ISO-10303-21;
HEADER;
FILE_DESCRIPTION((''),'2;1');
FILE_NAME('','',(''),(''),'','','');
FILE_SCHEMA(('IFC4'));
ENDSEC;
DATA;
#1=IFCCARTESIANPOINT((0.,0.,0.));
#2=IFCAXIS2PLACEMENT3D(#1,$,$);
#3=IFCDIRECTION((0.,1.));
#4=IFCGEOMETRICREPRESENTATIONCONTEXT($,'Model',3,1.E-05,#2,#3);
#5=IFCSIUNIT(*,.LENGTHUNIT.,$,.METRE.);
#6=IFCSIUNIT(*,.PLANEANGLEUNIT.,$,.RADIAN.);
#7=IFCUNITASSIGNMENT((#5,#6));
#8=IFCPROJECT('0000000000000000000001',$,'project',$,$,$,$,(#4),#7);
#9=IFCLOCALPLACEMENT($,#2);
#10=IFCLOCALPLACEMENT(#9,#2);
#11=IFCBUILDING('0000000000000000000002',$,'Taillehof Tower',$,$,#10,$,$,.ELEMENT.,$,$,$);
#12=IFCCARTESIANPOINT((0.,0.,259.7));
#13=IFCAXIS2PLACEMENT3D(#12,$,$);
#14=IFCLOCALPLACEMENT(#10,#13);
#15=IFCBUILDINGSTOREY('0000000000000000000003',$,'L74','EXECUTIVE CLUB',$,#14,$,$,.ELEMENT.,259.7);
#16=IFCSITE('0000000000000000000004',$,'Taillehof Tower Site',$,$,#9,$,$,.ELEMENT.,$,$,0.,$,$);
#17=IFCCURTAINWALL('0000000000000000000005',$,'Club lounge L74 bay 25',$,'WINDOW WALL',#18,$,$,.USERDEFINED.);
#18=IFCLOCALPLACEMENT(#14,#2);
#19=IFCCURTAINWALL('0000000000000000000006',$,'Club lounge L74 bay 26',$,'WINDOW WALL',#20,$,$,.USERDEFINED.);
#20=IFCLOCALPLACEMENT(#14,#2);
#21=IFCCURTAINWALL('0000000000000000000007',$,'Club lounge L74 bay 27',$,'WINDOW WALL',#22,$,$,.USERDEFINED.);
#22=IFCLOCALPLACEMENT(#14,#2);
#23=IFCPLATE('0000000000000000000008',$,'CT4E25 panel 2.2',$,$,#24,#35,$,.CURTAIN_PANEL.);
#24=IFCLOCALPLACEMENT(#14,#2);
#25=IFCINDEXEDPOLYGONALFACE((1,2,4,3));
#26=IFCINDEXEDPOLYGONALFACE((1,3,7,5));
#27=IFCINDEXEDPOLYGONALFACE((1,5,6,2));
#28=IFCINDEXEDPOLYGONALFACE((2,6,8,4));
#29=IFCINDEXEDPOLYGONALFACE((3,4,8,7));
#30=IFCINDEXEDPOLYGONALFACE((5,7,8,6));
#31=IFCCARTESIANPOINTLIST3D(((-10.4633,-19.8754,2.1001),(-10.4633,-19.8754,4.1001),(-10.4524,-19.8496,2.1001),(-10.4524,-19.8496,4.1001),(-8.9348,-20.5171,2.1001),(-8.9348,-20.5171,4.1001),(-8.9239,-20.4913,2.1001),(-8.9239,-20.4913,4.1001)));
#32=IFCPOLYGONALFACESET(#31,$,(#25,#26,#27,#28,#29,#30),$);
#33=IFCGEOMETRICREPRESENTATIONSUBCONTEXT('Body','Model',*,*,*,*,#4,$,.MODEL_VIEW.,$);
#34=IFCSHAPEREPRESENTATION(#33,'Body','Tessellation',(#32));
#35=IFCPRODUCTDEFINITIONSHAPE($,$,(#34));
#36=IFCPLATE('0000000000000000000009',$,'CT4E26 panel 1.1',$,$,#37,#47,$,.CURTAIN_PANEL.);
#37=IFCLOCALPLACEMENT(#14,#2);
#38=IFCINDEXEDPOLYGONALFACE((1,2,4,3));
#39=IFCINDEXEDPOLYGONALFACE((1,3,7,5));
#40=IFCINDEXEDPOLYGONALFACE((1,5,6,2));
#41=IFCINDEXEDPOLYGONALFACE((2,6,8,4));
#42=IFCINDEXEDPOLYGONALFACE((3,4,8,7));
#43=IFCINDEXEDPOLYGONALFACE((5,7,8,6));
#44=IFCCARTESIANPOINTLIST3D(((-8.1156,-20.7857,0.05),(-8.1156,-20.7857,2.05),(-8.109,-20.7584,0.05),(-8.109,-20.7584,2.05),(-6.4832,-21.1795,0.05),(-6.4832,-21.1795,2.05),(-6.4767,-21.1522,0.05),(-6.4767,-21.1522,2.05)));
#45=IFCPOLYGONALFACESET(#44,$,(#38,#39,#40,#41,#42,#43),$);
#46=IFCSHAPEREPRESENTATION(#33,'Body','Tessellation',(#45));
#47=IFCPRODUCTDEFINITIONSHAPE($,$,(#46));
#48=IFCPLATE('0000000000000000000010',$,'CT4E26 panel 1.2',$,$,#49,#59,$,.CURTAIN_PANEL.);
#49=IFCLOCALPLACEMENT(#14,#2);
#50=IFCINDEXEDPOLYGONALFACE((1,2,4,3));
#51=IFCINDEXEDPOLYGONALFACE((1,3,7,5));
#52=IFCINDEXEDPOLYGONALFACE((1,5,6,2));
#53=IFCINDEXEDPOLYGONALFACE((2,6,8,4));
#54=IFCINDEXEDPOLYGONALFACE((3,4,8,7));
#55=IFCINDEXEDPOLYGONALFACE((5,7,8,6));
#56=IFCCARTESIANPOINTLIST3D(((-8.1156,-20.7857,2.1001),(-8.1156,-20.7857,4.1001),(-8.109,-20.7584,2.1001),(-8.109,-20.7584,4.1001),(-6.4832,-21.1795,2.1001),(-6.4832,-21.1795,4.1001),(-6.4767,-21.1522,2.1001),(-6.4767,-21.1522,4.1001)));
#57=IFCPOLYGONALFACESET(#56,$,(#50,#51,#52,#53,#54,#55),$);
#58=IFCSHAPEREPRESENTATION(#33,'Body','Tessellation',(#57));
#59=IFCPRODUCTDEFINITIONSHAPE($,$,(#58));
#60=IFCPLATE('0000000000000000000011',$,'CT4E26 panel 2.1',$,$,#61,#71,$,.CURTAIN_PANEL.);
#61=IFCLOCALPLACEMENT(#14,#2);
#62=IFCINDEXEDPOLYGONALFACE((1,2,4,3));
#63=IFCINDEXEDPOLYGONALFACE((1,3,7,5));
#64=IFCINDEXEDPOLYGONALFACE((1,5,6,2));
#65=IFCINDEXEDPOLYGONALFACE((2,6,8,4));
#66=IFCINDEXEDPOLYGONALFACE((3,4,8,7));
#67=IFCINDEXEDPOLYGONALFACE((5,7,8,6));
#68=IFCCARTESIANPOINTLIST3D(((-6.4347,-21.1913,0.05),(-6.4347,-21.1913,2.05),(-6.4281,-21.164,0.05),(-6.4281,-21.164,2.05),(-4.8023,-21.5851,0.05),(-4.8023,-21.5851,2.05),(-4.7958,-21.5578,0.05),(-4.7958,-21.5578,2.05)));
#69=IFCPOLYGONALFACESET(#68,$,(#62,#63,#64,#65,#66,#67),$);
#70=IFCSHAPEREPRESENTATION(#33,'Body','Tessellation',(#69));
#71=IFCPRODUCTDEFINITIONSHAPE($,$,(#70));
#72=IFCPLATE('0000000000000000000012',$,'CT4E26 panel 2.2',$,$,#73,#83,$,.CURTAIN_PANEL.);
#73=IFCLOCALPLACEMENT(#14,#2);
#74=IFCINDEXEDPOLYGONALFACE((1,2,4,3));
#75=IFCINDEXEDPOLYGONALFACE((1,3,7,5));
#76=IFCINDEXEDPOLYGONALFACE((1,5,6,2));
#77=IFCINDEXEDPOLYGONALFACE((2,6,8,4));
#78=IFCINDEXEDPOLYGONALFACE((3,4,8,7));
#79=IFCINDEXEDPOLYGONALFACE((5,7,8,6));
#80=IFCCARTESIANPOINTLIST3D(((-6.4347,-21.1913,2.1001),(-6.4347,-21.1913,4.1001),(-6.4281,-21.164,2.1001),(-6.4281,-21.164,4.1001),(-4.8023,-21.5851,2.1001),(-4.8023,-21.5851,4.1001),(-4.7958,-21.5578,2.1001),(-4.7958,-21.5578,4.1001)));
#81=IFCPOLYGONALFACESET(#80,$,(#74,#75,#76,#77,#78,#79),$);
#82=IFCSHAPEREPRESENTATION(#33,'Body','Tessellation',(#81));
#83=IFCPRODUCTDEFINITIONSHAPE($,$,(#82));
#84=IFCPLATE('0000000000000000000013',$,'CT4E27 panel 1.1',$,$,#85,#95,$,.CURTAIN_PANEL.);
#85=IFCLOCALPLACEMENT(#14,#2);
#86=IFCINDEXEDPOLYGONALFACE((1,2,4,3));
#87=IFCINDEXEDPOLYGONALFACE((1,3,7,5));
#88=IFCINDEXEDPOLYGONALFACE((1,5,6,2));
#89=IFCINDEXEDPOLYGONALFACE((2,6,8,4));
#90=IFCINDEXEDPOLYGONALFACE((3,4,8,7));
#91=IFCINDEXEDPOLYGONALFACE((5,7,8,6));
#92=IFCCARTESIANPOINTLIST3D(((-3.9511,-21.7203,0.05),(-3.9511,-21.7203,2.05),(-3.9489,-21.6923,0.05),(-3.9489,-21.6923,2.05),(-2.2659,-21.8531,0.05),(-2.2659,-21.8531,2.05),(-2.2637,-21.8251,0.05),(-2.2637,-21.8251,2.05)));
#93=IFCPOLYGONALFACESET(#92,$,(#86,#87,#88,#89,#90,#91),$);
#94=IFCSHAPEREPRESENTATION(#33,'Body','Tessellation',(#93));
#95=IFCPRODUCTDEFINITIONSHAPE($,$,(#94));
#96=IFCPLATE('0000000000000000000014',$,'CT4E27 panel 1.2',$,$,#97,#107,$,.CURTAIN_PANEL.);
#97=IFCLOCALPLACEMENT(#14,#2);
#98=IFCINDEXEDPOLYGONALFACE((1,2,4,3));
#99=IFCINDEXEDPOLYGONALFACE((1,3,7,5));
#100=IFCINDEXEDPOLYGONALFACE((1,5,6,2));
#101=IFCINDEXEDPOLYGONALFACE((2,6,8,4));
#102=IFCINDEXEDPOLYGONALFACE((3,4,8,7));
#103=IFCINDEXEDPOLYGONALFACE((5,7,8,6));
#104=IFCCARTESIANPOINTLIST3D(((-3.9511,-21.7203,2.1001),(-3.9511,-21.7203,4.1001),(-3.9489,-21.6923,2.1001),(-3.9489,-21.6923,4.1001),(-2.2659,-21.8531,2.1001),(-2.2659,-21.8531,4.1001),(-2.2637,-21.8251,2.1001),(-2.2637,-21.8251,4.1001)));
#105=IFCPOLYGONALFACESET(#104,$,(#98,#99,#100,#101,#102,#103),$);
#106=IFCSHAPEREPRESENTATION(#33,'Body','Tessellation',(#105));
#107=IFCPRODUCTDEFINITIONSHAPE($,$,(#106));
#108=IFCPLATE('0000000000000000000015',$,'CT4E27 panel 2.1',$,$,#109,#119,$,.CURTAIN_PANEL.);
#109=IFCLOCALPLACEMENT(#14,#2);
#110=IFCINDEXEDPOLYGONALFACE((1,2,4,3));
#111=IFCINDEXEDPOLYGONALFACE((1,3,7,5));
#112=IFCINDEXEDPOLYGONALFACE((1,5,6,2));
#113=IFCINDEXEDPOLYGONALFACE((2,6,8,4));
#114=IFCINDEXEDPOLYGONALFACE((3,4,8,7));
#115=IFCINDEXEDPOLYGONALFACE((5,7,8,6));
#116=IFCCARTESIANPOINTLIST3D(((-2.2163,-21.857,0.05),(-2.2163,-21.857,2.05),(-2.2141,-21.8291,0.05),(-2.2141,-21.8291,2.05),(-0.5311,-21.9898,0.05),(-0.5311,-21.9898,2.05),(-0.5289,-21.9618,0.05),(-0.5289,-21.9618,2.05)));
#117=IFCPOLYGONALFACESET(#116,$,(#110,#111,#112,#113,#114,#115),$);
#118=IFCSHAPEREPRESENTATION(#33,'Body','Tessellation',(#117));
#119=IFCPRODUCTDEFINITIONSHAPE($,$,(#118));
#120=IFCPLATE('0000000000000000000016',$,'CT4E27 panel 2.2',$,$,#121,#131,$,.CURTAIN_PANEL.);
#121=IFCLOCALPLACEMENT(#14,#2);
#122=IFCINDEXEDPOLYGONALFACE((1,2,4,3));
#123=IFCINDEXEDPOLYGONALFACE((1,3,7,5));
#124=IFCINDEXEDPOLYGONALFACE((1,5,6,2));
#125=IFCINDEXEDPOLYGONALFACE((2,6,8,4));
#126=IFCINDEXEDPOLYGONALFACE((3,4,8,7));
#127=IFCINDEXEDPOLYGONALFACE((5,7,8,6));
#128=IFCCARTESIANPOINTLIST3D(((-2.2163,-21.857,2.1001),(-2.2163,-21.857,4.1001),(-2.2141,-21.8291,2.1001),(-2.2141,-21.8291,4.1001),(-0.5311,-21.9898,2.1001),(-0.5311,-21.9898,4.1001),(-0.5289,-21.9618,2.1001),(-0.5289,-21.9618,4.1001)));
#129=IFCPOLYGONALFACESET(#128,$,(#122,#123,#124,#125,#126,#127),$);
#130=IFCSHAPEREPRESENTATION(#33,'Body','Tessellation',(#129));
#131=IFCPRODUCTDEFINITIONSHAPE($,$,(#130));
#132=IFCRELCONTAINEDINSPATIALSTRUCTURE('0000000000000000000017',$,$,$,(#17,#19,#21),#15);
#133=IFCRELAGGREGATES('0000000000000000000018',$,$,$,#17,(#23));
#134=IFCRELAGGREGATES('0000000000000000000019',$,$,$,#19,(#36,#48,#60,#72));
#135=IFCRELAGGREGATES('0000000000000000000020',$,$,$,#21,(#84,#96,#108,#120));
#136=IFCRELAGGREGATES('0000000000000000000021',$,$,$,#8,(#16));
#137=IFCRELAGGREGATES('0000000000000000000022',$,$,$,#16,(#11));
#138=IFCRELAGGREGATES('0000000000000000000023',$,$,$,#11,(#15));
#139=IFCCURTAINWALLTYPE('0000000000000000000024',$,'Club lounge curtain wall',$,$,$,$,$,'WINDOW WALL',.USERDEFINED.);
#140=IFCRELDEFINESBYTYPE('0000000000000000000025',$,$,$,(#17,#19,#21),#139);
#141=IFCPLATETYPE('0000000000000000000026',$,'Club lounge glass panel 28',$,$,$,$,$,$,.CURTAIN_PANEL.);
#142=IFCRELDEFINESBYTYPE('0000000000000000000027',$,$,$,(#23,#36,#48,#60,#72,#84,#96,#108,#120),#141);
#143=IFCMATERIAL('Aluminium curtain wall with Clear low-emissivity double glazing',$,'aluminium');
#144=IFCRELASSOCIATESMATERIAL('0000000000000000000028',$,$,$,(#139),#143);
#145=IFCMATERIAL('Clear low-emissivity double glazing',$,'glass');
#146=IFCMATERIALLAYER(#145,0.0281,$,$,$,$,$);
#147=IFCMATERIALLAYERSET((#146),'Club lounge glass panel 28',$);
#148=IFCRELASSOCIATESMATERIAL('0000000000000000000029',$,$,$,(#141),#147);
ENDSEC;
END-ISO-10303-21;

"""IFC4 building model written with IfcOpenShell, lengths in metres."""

from ifc_helpers import new_model, si_unit, direction, frame, origin, origin_2d, place, context, subcontext, project, spatial, rectangle, extrude, material, layer, layer_set, type_object, element, aggregate, save


model = new_model("IFC4")

# Units and contexts
model_context = context("Model", 3, precision=1e-05, world=origin(), true_north=direction((0.0, 1.0)))
body_context = subcontext(model_context, "Body", "Model", "MODEL_VIEW")
ifc_project = project(units=[si_unit("LENGTHUNIT", "METRE"), si_unit("PLANEANGLEUNIT", "RADIAN")], contexts=[model_context])

# Site, building, storey
site_placement = place(None, origin())
site = spatial("IfcSite", under=ifc_project, at=site_placement, Name="Taillehof Tower Site", CompositionType="ELEMENT", RefElevation=0.0)
building_placement = place(site_placement, origin())
building = spatial("IfcBuilding", under=site, at=building_placement, Name="Taillehof Tower", CompositionType="ELEMENT")
storey_placement = place(building_placement, frame((0.0, 0.0, 259.7)))
storey = spatial("IfcBuildingStorey", under=building, at=storey_placement, Name="L74", Description="EXECUTIVE CLUB", CompositionType="ELEMENT", Elevation=259.7)

# Curtain wall
ifc_material_1 = material(Name="Aluminium curtain wall with Clear low-emissivity double glazing", Category="aluminium")
curtain_wall_type = type_object("IfcCurtainWallType", Name="Club lounge curtain wall", ElementType="WINDOW WALL", PredefinedType="USERDEFINED", material=ifc_material_1)
curtain_wall_1_placement = place(storey_placement, origin())
curtain_wall_1 = element("IfcCurtainWall", 1, at=curtain_wall_1_placement, inside=storey, type_object=curtain_wall_type, Name="Club lounge L74 bay 25", ObjectType="WINDOW WALL", PredefinedType="USERDEFINED")

# Curtain walls
curtain_wall_2_placement = place(storey_placement, origin())
curtain_wall_2 = element("IfcCurtainWall", 2, at=curtain_wall_2_placement, inside=storey, type_object=curtain_wall_type, Name="Club lounge L74 bay 26", ObjectType="WINDOW WALL", PredefinedType="USERDEFINED")
curtain_wall_3_placement = place(storey_placement, origin())
curtain_wall_3 = element("IfcCurtainWall", 3, at=curtain_wall_3_placement, inside=storey, type_object=curtain_wall_type, Name="Club lounge L74 bay 27", ObjectType="WINDOW WALL", PredefinedType="USERDEFINED")

# Plates
ifc_material_2 = material(Name="Clear low-emissivity double glazing", Category="glass")
ifc_layer = layer(ifc_material_2, 0.0281)
ifc_layer_set = layer_set([ifc_layer], Name="Club lounge glass panel 28")
plate_type = type_object("IfcPlateType", Name="Club lounge glass panel 28", PredefinedType="CURTAIN_PANEL", material=ifc_layer_set)
plate_1_placement = place(storey_placement, frame((-9.6936, -20.1833, 2.1001), z_axis=(0.0, 0.0, 1.0), x_axis=(0.922037, -0.387101, 0.0)))
plate_1 = element("IfcPlate", 4, at=plate_1_placement, type_object=plate_type, Name="CT4E25 panel 2.2", PredefinedType="CURTAIN_PANEL", context=body_context, shape_type="SweptSolid", body=[
    extrude(rectangle(XDim=1.6577, YDim=0.0281, at=origin_2d()), origin(), (0.0, 0.0, 1.0), 2.0),
])
aggregate(curtain_wall_1, [plate_1])
plate_2_placement = place(storey_placement, frame((-7.2961, -20.969, 0.05), z_axis=(0.0, 0.0, 1.0), x_axis=(0.972113, -0.234515, 0.0)))
plate_2 = element("IfcPlate", 5, at=plate_2_placement, type_object=plate_type, Name="CT4E26 panel 1.1", PredefinedType="CURTAIN_PANEL", context=body_context, shape_type="SweptSolid", body=[
    extrude(rectangle(XDim=1.6792, YDim=0.0281, at=origin_2d()), origin(), (0.0, 0.0, 1.0), 2.0),
])
plate_3_placement = place(storey_placement, frame((-7.2961, -20.969, 2.1001), z_axis=(0.0, 0.0, 1.0), x_axis=(0.972113, -0.234515, 0.0)))
plate_3 = element("IfcPlate", 6, at=plate_3_placement, type_object=plate_type, Name="CT4E26 panel 1.2", PredefinedType="CURTAIN_PANEL", context=body_context, shape_type="SweptSolid", body=[
    extrude(rectangle(XDim=1.6792, YDim=0.0281, at=origin_2d()), origin(), (0.0, 0.0, 1.0), 2.0),
])
plate_4_placement = place(storey_placement, frame((-5.6152, -21.3745, 0.05), z_axis=(0.0, 0.0, 1.0), x_axis=(0.972113, -0.234515, 0.0)))
plate_4 = element("IfcPlate", 7, at=plate_4_placement, type_object=plate_type, Name="CT4E26 panel 2.1", PredefinedType="CURTAIN_PANEL", context=body_context, shape_type="SweptSolid", body=[
    extrude(rectangle(XDim=1.6792, YDim=0.0281, at=origin_2d()), origin(), (0.0, 0.0, 1.0), 2.0),
])
plate_5_placement = place(storey_placement, frame((-5.6152, -21.3745, 2.1001), z_axis=(0.0, 0.0, 1.0), x_axis=(0.972113, -0.234515, 0.0)))
plate_5 = element("IfcPlate", 8, at=plate_5_placement, type_object=plate_type, Name="CT4E26 panel 2.2", PredefinedType="CURTAIN_PANEL", context=body_context, shape_type="SweptSolid", body=[
    extrude(rectangle(XDim=1.6792, YDim=0.0281, at=origin_2d()), origin(), (0.0, 0.0, 1.0), 2.0),
])
aggregate(curtain_wall_2, [plate_2, plate_3, plate_4, plate_5])
plate_6_placement = place(storey_placement, frame((-3.1074, -21.7727, 0.05), z_axis=(0.0, 0.0, 1.0), x_axis=(0.996912, -0.078525, 0.0)))
plate_6 = element("IfcPlate", 9, at=plate_6_placement, type_object=plate_type, Name="CT4E27 panel 1.1", PredefinedType="CURTAIN_PANEL", context=body_context, shape_type="SweptSolid", body=[
    extrude(rectangle(XDim=1.6904, YDim=0.0281, at=origin_2d()), origin(), (0.0, 0.0, 1.0), 2.0),
])
plate_7_placement = place(storey_placement, frame((-3.1074, -21.7727, 2.1001), z_axis=(0.0, 0.0, 1.0), x_axis=(0.996912, -0.078525, 0.0)))
plate_7 = element("IfcPlate", 10, at=plate_7_placement, type_object=plate_type, Name="CT4E27 panel 1.2", PredefinedType="CURTAIN_PANEL", context=body_context, shape_type="SweptSolid", body=[
    extrude(rectangle(XDim=1.6904, YDim=0.0281, at=origin_2d()), origin(), (0.0, 0.0, 1.0), 2.0),
])
plate_8_placement = place(storey_placement, frame((-1.3726, -21.9094, 0.05), z_axis=(0.0, 0.0, 1.0), x_axis=(0.996912, -0.078525, 0.0)))
plate_8 = element("IfcPlate", 11, at=plate_8_placement, type_object=plate_type, Name="CT4E27 panel 2.1", PredefinedType="CURTAIN_PANEL", context=body_context, shape_type="SweptSolid", body=[
    extrude(rectangle(XDim=1.6904, YDim=0.0281, at=origin_2d()), origin(), (0.0, 0.0, 1.0), 2.0),
])
plate_9_placement = place(storey_placement, frame((-1.3726, -21.9094, 2.1001), z_axis=(0.0, 0.0, 1.0), x_axis=(0.996912, -0.078525, 0.0)))
plate_9 = element("IfcPlate", 12, at=plate_9_placement, type_object=plate_type, Name="CT4E27 panel 2.2", PredefinedType="CURTAIN_PANEL", context=body_context, shape_type="SweptSolid", body=[
    extrude(rectangle(XDim=1.6904, YDim=0.0281, at=origin_2d()), origin(), (0.0, 0.0, 1.0), 2.0),
])
aggregate(curtain_wall_3, [plate_6, plate_7, plate_8, plate_9])

save(model, "model.ifc")
